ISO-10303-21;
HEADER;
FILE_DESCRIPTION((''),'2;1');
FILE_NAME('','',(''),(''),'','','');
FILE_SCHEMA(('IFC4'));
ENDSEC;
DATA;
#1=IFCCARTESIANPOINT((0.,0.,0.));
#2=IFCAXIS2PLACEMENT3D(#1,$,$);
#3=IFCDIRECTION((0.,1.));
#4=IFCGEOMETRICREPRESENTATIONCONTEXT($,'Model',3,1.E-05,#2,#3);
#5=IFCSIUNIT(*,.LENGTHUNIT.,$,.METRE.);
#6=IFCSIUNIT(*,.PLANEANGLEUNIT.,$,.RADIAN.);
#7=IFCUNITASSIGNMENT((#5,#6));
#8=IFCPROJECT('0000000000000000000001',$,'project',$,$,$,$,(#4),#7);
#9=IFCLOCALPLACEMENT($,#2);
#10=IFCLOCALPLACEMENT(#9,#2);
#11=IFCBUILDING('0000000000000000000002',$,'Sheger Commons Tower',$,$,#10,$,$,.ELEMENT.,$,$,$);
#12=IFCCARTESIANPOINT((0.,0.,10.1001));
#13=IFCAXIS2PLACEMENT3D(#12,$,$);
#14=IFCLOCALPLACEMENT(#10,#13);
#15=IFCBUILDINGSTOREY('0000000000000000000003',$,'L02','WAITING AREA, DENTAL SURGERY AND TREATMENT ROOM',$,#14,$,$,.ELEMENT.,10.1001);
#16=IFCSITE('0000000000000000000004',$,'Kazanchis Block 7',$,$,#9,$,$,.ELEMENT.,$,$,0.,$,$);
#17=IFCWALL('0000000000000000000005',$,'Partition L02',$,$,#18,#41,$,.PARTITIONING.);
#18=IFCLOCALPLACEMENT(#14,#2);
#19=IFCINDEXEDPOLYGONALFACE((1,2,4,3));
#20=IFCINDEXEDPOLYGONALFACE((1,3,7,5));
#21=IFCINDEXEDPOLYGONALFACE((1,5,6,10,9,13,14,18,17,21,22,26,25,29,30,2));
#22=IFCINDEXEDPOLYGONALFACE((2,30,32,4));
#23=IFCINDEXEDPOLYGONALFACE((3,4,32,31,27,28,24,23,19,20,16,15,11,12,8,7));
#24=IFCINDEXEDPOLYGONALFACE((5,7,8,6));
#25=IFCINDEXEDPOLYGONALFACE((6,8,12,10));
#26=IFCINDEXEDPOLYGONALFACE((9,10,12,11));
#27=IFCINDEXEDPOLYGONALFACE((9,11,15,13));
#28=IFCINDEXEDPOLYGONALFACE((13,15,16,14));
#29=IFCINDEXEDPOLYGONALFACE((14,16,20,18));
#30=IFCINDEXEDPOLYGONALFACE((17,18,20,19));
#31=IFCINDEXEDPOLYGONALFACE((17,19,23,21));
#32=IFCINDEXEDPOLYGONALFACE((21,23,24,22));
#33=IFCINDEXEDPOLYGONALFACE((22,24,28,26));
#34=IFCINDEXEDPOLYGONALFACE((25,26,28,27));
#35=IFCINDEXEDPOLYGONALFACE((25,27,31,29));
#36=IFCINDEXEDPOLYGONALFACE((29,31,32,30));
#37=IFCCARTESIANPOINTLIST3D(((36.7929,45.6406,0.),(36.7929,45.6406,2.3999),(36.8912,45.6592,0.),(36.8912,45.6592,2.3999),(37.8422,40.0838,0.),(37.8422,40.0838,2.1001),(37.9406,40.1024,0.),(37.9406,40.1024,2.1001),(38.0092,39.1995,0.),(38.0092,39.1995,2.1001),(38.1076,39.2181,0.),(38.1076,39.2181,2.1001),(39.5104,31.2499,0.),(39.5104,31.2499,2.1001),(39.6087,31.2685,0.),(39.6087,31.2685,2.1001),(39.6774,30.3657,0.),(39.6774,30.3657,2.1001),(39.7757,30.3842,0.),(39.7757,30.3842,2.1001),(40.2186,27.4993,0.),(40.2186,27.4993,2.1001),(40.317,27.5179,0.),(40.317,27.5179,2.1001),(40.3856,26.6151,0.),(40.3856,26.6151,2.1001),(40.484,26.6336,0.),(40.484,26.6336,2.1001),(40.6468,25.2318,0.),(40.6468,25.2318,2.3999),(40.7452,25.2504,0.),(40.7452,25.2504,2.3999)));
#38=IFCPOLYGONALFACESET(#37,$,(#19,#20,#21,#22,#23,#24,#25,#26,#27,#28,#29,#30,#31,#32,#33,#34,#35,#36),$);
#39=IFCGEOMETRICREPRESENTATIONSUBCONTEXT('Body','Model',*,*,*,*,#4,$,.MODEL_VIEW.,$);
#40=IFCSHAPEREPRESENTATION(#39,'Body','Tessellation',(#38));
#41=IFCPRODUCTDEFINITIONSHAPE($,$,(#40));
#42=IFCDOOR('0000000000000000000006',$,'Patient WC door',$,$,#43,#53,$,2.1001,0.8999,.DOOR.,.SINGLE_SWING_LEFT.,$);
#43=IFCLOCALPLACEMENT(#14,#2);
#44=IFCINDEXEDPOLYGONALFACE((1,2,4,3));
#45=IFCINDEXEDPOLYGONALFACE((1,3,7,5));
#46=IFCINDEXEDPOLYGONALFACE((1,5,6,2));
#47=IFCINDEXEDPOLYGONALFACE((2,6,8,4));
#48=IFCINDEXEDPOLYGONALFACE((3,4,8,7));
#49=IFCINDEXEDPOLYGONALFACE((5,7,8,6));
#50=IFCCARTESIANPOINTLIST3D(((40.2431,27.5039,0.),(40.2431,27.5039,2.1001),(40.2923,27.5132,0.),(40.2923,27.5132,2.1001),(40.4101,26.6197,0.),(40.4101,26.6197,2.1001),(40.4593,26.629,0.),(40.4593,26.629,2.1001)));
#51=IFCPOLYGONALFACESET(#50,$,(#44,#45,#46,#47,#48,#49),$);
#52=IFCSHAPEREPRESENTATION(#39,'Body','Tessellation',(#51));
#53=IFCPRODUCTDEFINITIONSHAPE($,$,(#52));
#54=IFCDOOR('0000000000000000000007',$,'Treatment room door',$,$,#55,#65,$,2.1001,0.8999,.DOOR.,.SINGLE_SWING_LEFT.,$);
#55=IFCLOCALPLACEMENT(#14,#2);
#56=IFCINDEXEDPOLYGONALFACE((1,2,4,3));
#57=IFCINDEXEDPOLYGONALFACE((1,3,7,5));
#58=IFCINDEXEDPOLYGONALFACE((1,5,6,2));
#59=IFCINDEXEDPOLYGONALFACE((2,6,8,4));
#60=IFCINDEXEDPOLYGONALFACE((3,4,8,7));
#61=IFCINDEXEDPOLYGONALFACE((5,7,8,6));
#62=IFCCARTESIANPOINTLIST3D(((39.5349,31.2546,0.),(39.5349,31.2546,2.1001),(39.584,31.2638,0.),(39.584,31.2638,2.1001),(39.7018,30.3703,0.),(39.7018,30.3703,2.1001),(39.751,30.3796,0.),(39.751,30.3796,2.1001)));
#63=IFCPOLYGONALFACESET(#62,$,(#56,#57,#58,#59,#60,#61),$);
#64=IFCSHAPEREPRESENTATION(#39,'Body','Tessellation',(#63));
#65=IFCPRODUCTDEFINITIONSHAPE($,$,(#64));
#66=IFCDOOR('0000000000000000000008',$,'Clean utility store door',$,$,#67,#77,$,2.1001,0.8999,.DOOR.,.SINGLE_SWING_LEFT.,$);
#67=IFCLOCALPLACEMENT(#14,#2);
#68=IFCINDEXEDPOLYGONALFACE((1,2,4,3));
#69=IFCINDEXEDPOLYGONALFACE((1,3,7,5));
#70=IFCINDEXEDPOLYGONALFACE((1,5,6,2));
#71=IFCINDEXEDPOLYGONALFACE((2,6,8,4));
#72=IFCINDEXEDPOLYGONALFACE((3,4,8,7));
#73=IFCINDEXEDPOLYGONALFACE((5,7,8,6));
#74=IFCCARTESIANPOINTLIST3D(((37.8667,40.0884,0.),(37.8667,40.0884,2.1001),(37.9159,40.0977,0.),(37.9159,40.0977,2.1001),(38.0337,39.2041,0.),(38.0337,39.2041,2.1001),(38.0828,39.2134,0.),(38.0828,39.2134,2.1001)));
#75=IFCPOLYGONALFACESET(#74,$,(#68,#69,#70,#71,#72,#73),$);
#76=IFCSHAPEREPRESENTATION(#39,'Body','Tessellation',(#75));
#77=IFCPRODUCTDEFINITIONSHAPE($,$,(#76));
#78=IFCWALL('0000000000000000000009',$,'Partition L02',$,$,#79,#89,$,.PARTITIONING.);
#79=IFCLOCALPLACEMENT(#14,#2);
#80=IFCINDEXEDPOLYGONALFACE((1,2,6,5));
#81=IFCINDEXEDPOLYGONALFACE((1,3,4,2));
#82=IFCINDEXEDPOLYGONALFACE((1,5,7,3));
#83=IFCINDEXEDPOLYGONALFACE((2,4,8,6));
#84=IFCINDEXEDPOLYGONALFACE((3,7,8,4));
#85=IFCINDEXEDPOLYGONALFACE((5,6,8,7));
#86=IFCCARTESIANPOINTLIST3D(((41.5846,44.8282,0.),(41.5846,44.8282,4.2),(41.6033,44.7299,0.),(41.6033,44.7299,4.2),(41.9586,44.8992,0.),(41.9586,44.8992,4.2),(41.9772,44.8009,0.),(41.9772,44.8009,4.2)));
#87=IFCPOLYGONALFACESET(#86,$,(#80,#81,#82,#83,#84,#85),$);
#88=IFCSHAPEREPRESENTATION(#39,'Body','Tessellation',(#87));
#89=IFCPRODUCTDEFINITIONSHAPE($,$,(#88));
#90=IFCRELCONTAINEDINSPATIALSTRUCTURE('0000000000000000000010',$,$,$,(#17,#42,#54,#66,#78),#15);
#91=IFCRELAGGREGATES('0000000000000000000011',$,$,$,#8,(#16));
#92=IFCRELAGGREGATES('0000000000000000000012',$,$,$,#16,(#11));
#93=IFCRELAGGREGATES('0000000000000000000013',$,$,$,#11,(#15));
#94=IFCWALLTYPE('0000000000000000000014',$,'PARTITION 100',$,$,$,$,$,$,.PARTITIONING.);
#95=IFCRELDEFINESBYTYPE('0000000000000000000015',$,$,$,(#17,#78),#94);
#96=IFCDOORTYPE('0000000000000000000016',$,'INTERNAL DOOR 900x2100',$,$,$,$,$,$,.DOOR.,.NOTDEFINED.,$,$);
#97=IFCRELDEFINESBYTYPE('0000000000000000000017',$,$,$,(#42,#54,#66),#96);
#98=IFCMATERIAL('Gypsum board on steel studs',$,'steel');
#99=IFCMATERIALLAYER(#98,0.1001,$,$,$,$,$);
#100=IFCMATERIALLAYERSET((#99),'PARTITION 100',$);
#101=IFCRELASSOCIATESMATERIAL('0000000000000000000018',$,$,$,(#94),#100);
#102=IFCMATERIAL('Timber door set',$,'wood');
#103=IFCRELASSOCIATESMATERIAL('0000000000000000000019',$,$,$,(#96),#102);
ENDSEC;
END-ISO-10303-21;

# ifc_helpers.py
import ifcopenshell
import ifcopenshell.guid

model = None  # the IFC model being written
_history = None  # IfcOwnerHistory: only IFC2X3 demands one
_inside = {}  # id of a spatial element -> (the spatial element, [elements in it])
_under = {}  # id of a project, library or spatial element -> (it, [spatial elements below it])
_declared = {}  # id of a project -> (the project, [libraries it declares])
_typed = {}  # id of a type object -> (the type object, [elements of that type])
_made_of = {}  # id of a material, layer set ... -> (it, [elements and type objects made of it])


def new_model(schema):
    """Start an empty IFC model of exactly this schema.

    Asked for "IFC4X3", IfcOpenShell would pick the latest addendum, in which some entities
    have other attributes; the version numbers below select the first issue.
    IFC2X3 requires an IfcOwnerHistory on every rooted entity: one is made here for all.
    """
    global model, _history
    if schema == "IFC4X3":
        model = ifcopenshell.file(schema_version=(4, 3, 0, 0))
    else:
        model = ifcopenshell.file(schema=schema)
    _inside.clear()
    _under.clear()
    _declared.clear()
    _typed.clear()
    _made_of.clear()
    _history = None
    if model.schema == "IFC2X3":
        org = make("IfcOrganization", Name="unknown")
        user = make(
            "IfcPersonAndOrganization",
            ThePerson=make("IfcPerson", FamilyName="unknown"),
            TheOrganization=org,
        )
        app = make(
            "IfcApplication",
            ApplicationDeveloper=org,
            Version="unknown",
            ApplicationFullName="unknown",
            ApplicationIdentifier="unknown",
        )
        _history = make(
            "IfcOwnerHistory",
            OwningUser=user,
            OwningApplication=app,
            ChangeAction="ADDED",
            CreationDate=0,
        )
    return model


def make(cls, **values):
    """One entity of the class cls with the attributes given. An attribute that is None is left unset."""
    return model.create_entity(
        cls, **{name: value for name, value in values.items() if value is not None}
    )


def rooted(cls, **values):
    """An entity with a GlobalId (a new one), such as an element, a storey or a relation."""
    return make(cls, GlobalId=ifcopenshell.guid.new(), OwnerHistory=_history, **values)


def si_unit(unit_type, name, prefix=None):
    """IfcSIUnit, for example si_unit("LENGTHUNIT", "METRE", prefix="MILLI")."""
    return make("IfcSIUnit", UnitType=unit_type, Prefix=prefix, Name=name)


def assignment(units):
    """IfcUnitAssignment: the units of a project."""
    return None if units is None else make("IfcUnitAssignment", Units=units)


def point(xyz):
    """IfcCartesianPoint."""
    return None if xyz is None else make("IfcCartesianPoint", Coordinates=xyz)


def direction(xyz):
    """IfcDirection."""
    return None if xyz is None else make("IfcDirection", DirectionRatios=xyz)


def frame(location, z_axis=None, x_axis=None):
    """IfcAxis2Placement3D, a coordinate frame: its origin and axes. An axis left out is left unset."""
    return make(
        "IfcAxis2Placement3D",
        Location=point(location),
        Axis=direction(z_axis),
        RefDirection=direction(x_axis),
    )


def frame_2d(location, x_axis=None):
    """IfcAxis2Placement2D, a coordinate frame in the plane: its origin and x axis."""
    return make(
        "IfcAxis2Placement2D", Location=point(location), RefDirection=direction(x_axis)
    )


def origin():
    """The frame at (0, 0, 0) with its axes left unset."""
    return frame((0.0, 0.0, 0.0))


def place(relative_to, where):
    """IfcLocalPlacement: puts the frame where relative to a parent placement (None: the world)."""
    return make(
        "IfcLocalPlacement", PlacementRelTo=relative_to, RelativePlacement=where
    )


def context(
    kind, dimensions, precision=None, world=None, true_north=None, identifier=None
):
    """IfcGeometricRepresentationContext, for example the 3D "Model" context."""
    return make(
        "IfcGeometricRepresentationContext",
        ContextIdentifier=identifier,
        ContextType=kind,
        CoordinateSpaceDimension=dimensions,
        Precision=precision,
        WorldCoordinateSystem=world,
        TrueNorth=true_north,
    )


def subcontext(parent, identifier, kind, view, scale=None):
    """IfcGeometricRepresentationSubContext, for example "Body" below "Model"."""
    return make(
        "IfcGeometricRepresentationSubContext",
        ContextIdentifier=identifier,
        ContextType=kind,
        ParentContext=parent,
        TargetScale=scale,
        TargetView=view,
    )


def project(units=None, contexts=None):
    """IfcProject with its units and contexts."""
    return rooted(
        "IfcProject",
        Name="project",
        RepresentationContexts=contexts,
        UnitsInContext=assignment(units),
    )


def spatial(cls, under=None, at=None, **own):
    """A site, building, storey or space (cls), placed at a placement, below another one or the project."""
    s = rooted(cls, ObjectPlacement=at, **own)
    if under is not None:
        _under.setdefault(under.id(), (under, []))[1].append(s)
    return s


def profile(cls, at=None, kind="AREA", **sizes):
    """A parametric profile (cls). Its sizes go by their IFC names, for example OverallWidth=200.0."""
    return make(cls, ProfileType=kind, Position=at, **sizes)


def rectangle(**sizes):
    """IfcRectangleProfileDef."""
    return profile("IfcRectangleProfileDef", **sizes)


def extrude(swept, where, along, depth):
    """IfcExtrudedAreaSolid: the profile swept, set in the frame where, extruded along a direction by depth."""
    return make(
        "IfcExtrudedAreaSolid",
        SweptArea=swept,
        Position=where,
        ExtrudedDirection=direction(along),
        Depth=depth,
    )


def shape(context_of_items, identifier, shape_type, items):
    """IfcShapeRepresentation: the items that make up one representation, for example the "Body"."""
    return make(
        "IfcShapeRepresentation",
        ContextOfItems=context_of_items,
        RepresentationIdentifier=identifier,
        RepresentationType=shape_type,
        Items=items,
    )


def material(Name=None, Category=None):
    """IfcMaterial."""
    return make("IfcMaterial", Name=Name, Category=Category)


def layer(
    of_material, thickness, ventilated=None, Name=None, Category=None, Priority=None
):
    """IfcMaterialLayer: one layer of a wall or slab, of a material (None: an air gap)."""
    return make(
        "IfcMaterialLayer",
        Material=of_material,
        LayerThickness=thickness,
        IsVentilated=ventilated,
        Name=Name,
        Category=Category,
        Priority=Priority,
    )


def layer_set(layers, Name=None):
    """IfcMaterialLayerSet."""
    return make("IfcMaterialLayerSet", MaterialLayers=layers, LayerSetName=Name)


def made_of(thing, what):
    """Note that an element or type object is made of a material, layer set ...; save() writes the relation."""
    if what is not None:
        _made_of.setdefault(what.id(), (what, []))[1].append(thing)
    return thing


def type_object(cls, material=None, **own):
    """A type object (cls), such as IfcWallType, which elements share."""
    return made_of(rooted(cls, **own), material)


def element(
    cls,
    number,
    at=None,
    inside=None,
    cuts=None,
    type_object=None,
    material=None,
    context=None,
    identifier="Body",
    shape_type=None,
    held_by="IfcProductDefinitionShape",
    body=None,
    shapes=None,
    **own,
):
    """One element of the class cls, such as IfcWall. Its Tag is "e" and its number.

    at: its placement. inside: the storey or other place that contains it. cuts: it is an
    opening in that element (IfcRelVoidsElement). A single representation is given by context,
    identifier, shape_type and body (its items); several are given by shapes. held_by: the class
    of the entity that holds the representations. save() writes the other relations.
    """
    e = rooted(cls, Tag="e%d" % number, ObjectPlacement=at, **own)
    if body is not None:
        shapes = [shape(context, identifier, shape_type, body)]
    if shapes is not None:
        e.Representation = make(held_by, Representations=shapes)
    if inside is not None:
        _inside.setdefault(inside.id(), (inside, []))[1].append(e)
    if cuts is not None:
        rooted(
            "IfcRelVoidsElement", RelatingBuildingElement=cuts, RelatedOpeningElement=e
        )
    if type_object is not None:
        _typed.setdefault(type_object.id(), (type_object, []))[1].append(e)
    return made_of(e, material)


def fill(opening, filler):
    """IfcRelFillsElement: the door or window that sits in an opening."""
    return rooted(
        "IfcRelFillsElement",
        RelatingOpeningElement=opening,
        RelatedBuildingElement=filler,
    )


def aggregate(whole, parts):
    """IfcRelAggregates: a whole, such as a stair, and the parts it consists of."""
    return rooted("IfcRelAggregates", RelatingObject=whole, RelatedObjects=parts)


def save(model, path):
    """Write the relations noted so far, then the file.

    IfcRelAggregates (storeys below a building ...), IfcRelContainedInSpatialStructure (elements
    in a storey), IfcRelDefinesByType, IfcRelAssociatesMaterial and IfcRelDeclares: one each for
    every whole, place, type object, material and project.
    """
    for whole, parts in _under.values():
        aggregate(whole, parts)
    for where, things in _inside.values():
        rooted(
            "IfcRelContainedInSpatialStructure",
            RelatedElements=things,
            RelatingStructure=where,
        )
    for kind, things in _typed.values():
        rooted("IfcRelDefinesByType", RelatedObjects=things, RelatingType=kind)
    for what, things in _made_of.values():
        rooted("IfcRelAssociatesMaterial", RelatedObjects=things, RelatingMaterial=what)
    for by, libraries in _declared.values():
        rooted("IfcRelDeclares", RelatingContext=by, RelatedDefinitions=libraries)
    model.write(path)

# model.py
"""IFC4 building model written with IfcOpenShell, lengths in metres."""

from ifc_helpers import new_model, si_unit, direction, frame, frame_2d, origin, place, context, subcontext, project, spatial, rectangle, extrude, material, layer, layer_set, type_object, element, fill, save


model = new_model("IFC4")

# Units and contexts
model_context = context("Model", 3, precision=1e-05, world=origin(), true_north=direction((0.0, 1.0)))
body_context = subcontext(model_context, "Body", "Model", "MODEL_VIEW")
ifc_project = project(units=[si_unit("LENGTHUNIT", "METRE"), si_unit("PLANEANGLEUNIT", "RADIAN")], contexts=[model_context])

# Site, building, storey
site_placement = place(None, origin())
site = spatial("IfcSite", under=ifc_project, at=site_placement, Name="Kazanchis Block 7", CompositionType="ELEMENT", RefElevation=0.0)
building_placement = place(site_placement, origin())
building = spatial("IfcBuilding", under=site, at=building_placement, Name="Sheger Commons Tower", CompositionType="ELEMENT")
storey_placement = place(building_placement, frame((0.0, 0.0, 10.1001)))
storey = spatial("IfcBuildingStorey", under=building, at=storey_placement, Name="L02", Description="WAITING AREA, DENTAL SURGERY AND TREATMENT ROOM", CompositionType="ELEMENT", Elevation=10.1001)

# Shared definitions
ifc_material_1 = material(Name="Gypsum board on steel studs", Category="steel")
ifc_layer_1 = layer(ifc_material_1, 0.1001)
ifc_layer_set_1 = layer_set([ifc_layer_1], Name="PARTITION 100")
wall_type_1 = type_object("IfcWallType", Name="PARTITION 100", PredefinedType="PARTITIONING", material=ifc_layer_set_1)

# Wall, openings, doors
wall_1_placement = place(storey_placement, frame((36.842, 45.6499, 0.0), z_axis=(0.0, 0.0, 1.0), x_axis=(0.185559, -0.982633, 0.0)))
wall_1 = element("IfcWall", 1, at=wall_1_placement, inside=storey, type_object=wall_type_1, Name="Partition L02", PredefinedType="PARTITIONING", context=body_context, shape_type="SweptSolid", body=[
    extrude(rectangle(XDim=20.7695, YDim=0.1001, at=frame_2d((10.3848, 0.0))), origin(), (0.0, 0.0, 1.0), 2.3999),
])
opening_1_placement = place(wall_1_placement, frame((18.4619, 0.0, 0.0)))
opening_1 = element("IfcOpeningElement", 2, at=opening_1_placement, cuts=wall_1, PredefinedType="OPENING", context=body_context, shape_type="SweptSolid", body=[
    extrude(rectangle(XDim=0.8999, YDim=2.1001, at=frame_2d((0.45, 1.05))), frame((0.0, 0.0601, 0.0), z_axis=(0.0, -1.0, 0.0), x_axis=(1.0, 0.0, 0.0)), (0.0, 0.0, 1.0), 0.1201),
])
opening_2_placement = place(wall_1_placement, frame((14.645, 0.0, 0.0)))
opening_2 = element("IfcOpeningElement", 3, at=opening_2_placement, cuts=wall_1, PredefinedType="OPENING", context=body_context, shape_type="SweptSolid", body=[
    extrude(rectangle(XDim=0.8999, YDim=2.1001, at=frame_2d((0.45, 1.05))), frame((0.0, 0.0601, 0.0), z_axis=(0.0, -1.0, 0.0), x_axis=(1.0, 0.0, 0.0)), (0.0, 0.0, 1.0), 0.1201),
])
opening_3_placement = place(wall_1_placement, frame((5.655, 0.0, 0.0)))
opening_3 = element("IfcOpeningElement", 4, at=opening_3_placement, cuts=wall_1, PredefinedType="OPENING", context=body_context, shape_type="SweptSolid", body=[
    extrude(rectangle(XDim=0.8999, YDim=2.1001, at=frame_2d((0.45, 1.05))), frame((0.0, 0.0601, 0.0), z_axis=(0.0, -1.0, 0.0), x_axis=(1.0, 0.0, 0.0)), (0.0, 0.0, 1.0), 0.1201),
])
ifc_material_2 = material(Name="Timber door set", Category="wood")
door_type = type_object("IfcDoorType", Name="INTERNAL DOOR 900x2100", OperationType="NOTDEFINED", PredefinedType="DOOR", material=ifc_material_2)
door_1_placement = place(opening_1_placement, origin())
door_1 = element("IfcDoor", 5, at=door_1_placement, inside=storey, type_object=door_type, Name="Patient WC door", OperationType="SINGLE_SWING_LEFT", OverallHeight=2.1001, OverallWidth=0.8999, PredefinedType="DOOR", context=body_context, shape_type="SweptSolid", body=[
    extrude(rectangle(XDim=0.8999, YDim=2.1001, at=frame_2d((0.45, 1.05))), frame((0.0, 0.0249, 0.0), z_axis=(0.0, -1.0, 0.0), x_axis=(1.0, 0.0, 0.0)), (0.0, 0.0, 1.0), 0.05),
])
fill(opening_1, door_1)
door_2_placement = place(opening_2_placement, origin())
door_2 = element("IfcDoor", 6, at=door_2_placement, inside=storey, type_object=door_type, Name="Treatment room door", OperationType="SINGLE_SWING_LEFT", OverallHeight=2.1001, OverallWidth=0.8999, PredefinedType="DOOR", context=body_context, shape_type="SweptSolid", body=[
    extrude(rectangle(XDim=0.8999, YDim=2.1001, at=frame_2d((0.45, 1.05))), frame((0.0, 0.0249, 0.0), z_axis=(0.0, -1.0, 0.0), x_axis=(1.0, 0.0, 0.0)), (0.0, 0.0, 1.0), 0.05),
])
fill(opening_2, door_2)
door_3_placement = place(opening_3_placement, origin())
door_3 = element("IfcDoor", 7, at=door_3_placement, inside=storey, type_object=door_type, Name="Clean utility store door", OperationType="SINGLE_SWING_LEFT", OverallHeight=2.1001, OverallWidth=0.8999, PredefinedType="DOOR", context=body_context, shape_type="SweptSolid", body=[
    extrude(rectangle(XDim=0.8999, YDim=2.1001, at=frame_2d((0.45, 1.05))), frame((0.0, 0.0249, 0.0), z_axis=(0.0, -1.0, 0.0), x_axis=(1.0, 0.0, 0.0)), (0.0, 0.0, 1.0), 0.05),
])
fill(opening_3, door_3)

# Wall
wall_2_placement = place(storey_placement, frame((41.968, 44.8501, 0.0), z_axis=(0.0, 0.0, 1.0), x_axis=(-0.982434, -0.186611, 0.0)))
element("IfcWall", 8, at=wall_2_placement, inside=storey, type_object=wall_type_1, Name="Partition L02", PredefinedType="PARTITIONING", context=body_context, shape_type="SweptSolid", body=[
    extrude(rectangle(XDim=0.3806, YDim=0.1001, at=frame_2d((0.1904, 0.0))), origin(), (0.0, 0.0, 1.0), 4.2),
])

save(model, "model.ifc")
